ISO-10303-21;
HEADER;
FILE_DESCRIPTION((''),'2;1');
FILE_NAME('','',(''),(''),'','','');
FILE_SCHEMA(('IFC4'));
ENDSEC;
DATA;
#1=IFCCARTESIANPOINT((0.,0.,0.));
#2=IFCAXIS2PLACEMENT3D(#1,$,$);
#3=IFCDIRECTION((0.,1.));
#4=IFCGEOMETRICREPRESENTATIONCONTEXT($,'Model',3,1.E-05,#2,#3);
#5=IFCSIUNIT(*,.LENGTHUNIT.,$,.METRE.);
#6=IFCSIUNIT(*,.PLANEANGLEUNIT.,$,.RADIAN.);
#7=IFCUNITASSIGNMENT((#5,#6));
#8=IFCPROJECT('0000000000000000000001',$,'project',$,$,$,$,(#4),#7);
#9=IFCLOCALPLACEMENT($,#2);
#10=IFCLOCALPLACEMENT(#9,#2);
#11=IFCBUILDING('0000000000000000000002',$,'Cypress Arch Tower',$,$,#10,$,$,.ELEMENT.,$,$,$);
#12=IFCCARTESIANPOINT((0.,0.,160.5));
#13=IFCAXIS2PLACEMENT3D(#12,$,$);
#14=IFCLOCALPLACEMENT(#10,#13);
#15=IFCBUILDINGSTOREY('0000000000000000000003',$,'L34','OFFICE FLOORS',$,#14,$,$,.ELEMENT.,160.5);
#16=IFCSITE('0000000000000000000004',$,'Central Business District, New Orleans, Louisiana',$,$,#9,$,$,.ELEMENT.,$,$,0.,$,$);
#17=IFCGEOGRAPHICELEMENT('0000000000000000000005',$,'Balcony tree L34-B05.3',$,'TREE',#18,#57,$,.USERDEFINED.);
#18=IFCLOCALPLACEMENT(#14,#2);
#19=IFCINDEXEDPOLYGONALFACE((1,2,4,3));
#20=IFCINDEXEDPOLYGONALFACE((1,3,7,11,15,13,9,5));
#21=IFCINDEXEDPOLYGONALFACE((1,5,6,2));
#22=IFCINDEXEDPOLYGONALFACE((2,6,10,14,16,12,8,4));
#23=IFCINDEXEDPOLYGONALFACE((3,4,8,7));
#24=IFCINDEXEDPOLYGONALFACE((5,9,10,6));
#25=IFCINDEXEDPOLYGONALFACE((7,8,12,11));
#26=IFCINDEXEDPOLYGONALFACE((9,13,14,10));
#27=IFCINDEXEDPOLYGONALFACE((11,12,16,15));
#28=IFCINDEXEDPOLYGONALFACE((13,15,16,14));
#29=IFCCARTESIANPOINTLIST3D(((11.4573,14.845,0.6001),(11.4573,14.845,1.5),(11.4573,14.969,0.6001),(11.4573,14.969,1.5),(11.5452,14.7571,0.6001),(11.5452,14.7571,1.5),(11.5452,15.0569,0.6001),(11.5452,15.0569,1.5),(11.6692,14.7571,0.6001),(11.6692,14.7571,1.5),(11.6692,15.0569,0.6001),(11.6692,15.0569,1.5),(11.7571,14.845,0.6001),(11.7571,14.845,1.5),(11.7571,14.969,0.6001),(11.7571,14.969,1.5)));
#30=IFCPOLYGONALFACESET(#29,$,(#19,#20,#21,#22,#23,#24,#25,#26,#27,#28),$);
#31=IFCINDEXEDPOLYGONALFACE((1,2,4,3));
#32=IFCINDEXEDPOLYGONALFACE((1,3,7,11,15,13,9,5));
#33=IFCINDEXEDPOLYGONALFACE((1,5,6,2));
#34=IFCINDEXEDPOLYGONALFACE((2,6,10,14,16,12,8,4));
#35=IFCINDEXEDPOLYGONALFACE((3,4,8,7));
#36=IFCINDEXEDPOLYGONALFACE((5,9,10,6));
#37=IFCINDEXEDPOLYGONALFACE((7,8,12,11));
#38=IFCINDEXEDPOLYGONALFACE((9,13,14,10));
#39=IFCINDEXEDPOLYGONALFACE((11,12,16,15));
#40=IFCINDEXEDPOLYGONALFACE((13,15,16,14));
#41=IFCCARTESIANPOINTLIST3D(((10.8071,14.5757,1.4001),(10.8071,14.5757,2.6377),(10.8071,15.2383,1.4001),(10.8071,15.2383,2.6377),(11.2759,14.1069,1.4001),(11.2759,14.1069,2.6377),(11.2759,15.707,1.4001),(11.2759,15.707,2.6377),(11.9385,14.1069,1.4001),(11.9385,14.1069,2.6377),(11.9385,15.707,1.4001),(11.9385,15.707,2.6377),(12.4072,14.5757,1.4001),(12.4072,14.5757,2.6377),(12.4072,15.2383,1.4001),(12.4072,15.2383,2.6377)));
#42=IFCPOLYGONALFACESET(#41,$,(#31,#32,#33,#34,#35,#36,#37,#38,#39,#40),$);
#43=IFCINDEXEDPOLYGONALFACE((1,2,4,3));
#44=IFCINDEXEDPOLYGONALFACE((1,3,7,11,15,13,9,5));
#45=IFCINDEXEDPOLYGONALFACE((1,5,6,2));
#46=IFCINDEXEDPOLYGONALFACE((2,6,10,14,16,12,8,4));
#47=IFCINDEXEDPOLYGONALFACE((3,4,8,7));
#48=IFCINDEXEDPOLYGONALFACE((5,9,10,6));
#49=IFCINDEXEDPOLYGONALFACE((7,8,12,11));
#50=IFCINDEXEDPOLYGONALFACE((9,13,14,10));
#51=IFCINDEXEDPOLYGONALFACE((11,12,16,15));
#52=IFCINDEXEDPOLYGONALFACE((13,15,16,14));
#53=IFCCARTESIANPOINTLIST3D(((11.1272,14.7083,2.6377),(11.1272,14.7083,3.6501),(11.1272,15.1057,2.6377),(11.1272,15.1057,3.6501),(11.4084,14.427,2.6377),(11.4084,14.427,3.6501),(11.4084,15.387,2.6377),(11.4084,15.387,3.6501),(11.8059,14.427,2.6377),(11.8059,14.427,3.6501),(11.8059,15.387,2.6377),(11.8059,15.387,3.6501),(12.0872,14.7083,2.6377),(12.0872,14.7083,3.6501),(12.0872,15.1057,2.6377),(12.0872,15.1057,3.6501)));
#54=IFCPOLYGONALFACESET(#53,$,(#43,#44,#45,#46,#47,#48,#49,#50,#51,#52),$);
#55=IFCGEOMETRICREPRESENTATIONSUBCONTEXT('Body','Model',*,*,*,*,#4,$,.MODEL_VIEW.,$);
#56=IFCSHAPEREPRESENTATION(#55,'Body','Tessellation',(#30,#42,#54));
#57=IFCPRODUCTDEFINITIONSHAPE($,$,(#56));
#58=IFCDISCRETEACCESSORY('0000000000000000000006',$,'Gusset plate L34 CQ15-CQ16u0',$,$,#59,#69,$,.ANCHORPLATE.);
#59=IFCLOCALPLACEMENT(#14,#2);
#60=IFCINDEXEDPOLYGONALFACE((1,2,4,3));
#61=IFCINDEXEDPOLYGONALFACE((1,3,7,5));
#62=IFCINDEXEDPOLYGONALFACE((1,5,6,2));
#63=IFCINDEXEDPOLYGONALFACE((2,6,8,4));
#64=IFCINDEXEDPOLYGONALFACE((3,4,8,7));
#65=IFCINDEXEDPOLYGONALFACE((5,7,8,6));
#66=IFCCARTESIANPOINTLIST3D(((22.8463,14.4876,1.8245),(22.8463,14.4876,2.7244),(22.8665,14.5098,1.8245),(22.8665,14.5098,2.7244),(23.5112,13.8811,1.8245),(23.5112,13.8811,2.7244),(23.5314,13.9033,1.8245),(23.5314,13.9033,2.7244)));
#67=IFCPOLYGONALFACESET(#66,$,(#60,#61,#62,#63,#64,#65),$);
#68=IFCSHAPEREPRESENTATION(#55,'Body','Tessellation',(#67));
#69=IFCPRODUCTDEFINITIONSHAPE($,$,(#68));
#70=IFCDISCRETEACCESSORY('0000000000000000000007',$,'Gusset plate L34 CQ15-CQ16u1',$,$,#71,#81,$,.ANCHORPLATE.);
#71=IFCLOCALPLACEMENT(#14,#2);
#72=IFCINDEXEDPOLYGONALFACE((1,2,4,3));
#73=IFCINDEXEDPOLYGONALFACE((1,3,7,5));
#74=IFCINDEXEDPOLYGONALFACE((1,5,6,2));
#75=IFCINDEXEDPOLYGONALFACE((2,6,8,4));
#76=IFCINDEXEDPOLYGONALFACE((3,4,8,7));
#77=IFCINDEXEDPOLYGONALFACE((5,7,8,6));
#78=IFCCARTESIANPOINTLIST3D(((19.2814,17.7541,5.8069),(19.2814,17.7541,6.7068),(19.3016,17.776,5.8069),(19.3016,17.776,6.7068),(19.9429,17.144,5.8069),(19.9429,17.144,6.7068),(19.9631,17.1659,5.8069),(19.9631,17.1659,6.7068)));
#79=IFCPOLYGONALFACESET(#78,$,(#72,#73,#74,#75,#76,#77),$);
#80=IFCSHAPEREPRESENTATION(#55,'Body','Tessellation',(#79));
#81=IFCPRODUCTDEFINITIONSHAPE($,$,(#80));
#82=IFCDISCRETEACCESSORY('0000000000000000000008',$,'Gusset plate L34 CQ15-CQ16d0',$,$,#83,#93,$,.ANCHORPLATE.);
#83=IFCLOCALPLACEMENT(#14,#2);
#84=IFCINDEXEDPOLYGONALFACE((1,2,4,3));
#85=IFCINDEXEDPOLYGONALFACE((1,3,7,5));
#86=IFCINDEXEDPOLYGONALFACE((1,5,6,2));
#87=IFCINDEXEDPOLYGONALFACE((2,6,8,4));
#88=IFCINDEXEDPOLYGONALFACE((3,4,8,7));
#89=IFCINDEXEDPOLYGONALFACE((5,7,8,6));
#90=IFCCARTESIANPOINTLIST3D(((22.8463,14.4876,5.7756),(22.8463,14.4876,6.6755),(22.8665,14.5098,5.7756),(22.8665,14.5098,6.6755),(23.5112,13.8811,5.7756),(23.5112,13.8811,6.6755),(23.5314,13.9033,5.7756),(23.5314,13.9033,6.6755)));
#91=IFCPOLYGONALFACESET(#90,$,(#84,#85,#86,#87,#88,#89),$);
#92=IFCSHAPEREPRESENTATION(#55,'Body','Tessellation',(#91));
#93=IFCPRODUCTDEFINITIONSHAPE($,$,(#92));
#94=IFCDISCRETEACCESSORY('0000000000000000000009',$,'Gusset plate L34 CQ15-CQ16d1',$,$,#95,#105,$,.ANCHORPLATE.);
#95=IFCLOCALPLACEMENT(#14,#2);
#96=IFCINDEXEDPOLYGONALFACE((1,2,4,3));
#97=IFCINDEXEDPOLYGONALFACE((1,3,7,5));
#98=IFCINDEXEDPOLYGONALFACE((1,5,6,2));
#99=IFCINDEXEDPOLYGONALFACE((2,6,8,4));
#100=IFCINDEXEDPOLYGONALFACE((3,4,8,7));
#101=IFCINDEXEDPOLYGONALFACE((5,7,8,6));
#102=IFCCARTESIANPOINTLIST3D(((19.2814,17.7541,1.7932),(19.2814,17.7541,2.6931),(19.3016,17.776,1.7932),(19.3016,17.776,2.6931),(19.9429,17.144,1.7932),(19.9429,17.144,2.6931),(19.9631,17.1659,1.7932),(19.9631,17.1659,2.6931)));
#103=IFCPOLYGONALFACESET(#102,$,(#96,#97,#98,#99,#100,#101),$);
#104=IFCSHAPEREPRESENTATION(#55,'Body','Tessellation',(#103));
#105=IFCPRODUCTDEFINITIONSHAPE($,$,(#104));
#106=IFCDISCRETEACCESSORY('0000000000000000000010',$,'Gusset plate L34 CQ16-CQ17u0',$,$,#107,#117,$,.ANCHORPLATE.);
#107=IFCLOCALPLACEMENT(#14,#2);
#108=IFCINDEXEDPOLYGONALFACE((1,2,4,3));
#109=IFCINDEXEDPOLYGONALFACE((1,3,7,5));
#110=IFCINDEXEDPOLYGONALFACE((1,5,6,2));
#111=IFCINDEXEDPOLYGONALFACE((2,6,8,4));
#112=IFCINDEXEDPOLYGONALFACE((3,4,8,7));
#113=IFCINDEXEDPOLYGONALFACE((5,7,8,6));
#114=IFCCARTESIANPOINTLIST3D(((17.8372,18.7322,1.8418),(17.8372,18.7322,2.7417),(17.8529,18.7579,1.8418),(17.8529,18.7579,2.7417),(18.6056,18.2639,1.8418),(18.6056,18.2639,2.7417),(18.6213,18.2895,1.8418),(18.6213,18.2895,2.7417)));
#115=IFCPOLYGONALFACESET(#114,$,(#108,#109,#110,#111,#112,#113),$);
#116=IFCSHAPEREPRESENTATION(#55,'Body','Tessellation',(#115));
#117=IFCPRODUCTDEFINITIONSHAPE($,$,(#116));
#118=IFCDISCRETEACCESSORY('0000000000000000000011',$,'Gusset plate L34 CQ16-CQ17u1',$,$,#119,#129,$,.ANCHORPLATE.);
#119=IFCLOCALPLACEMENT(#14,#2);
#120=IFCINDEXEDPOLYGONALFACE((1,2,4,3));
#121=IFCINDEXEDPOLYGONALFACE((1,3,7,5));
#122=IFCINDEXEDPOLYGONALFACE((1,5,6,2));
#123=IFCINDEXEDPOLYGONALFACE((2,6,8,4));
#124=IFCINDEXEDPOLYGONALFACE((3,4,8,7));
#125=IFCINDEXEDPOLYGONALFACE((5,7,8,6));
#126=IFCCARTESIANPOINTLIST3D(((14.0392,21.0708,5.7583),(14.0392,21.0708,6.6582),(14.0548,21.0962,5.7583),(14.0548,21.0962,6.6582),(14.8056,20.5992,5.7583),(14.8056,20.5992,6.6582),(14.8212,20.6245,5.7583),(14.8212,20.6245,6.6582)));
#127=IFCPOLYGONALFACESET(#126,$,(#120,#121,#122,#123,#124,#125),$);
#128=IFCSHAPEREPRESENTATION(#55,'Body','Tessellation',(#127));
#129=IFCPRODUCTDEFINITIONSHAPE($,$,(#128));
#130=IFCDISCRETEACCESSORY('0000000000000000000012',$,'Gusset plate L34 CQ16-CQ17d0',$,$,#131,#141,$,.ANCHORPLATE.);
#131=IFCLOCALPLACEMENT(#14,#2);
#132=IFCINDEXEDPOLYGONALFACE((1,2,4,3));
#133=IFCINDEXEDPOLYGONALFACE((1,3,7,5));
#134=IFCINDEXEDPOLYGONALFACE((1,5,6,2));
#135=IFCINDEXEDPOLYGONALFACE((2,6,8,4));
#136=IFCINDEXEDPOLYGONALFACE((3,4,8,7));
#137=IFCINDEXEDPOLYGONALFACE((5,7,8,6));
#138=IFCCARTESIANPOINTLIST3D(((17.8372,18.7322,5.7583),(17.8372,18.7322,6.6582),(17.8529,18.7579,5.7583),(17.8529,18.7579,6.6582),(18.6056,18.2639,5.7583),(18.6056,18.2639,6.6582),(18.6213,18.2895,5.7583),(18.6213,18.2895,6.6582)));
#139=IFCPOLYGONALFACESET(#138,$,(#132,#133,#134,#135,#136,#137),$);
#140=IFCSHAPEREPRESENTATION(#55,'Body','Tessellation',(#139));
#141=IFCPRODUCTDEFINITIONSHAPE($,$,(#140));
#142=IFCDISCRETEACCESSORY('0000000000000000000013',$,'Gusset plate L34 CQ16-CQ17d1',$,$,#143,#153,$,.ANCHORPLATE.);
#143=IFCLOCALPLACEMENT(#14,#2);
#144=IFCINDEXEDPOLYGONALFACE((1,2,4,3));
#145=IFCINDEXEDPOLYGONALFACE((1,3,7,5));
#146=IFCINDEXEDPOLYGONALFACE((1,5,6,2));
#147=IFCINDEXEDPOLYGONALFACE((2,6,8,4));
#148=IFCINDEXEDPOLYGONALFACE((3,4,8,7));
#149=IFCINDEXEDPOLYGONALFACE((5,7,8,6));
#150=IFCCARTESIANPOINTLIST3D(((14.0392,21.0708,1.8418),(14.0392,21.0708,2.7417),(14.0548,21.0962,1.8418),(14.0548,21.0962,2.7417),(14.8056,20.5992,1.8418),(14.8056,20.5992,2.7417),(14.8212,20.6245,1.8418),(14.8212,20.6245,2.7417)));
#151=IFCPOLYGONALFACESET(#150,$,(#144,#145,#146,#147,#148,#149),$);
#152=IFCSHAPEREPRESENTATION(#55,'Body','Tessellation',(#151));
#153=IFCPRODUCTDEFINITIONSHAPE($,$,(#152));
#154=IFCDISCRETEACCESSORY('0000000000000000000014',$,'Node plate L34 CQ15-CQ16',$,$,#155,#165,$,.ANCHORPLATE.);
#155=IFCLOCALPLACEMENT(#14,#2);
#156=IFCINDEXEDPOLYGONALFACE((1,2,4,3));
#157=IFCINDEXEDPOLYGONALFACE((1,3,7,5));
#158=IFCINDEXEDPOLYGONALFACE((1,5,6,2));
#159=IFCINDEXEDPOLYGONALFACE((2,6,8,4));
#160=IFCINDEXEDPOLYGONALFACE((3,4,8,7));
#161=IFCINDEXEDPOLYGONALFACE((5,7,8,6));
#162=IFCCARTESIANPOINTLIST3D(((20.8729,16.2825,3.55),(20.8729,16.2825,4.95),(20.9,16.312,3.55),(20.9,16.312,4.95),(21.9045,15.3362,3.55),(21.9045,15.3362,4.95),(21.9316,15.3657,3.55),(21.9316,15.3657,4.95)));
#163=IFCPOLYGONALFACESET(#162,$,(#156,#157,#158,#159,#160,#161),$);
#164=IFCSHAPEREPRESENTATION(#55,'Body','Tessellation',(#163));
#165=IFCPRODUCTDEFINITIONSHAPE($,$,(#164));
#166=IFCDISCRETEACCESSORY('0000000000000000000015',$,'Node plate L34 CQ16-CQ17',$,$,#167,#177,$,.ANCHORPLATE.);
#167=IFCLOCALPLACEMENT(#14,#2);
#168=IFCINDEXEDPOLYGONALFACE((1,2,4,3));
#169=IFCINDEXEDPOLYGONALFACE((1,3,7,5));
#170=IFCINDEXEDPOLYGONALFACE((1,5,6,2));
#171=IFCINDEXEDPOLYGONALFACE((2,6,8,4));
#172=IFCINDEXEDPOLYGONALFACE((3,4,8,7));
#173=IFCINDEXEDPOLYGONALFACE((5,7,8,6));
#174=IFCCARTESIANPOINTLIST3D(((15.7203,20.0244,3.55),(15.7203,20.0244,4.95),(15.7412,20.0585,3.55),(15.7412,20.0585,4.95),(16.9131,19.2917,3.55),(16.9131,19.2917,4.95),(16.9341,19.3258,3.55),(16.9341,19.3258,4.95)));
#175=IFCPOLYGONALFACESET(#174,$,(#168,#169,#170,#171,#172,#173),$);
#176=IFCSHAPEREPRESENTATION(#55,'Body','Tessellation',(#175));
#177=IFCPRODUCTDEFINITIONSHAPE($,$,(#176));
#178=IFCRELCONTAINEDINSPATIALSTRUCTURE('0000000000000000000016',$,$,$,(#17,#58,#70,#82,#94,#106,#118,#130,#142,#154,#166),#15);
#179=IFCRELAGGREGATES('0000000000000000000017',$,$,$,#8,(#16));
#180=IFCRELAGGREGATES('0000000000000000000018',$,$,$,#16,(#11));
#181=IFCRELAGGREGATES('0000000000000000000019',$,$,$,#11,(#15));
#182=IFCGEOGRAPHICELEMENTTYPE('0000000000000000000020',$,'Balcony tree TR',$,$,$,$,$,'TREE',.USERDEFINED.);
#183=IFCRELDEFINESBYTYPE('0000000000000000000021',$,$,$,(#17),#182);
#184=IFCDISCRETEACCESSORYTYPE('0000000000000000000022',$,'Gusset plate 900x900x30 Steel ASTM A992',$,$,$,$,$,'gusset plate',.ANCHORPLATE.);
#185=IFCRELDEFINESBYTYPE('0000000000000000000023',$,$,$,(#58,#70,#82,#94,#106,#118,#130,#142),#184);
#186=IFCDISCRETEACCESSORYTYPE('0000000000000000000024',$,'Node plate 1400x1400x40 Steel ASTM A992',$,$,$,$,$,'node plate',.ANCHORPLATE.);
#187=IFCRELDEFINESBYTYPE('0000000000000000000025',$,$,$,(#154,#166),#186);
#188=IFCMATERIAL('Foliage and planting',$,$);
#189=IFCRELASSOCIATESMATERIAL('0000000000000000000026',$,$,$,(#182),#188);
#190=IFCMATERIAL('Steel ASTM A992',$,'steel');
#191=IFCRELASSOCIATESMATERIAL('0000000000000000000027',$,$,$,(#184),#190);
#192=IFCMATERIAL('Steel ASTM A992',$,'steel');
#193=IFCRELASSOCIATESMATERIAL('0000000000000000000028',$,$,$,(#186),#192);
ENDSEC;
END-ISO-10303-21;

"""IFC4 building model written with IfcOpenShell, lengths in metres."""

from ifc_helpers import new_model, si_unit, direction, frame, origin, origin_2d, place, context, subcontext, project, spatial, polyline, rectangle, outline, extrude, material, material_profile, profile_set, type_object, element, save


model = new_model("IFC4")

# Units and contexts
model_context = context("Model", 3, precision=1e-05, world=origin(), true_north=direction((0.0, 1.0)))
body_context = subcontext(model_context, "Body", "Model", "MODEL_VIEW")
ifc_project = project(units=[si_unit("LENGTHUNIT", "METRE"), si_unit("PLANEANGLEUNIT", "RADIAN")], contexts=[model_context])

# Site, building, storey
site_placement = place(None, origin())
site = spatial("IfcSite", under=ifc_project, at=site_placement, Name="Central Business District, New Orleans, Louisiana", CompositionType="ELEMENT", RefElevation=0.0)
building_placement = place(site_placement, origin())
building = spatial("IfcBuilding", under=site, at=building_placement, Name="Cypress Arch Tower", CompositionType="ELEMENT")
storey_placement = place(building_placement, frame((0.0, 0.0, 160.5)))
storey = spatial("IfcBuildingStorey", under=building, at=storey_placement, Name="L34", Description="OFFICE FLOORS", CompositionType="ELEMENT", Elevation=160.5)

# Geographic element
ifc_material_1 = material(Name="Foliage and planting")
geographic_element_type = type_object("IfcGeographicElementType", Name="Balcony tree TR", ElementType="TREE", PredefinedType="USERDEFINED", material=ifc_material_1)
geographic_element_placement = place(storey_placement, frame((11.6072, 14.907, 0.6001), z_axis=(0.0, 0.0, 1.0), x_axis=(1.0, 0.0, 0.0)))
element("IfcGeographicElement", 1, at=geographic_element_placement, inside=storey, type_object=geographic_element_type, Name="Balcony tree L34-B05.3", ObjectType="TREE", PredefinedType="USERDEFINED", context=body_context, shape_type="SweptSolid", body=[
    extrude(outline(polyline([(0.1499, 0.062), (0.062, 0.1499), (-0.062, 0.1499), (-0.1499, 0.062), (-0.1499, -0.062), (-0.062, -0.1499), (0.062, -0.1499), (0.1499, -0.062), (0.1499, 0.062)])), origin(), (0.0, 0.0, 1.0), 0.8999),
    extrude(outline(polyline([(0.8, 0.3313), (0.3313, 0.8), (-0.3313, 0.8), (-0.8, 0.3313), (-0.8, -0.3313), (-0.3313, -0.8), (0.3313, -0.8), (0.8, -0.3313), (0.8, 0.3313)])), frame((0.0, 0.0, 0.8)), (0.0, 0.0, 1.0), 1.2375),
    extrude(outline(polyline([(0.48, 0.1987), (0.1987, 0.48), (-0.1987, 0.48), (-0.48, 0.1987), (-0.48, -0.1987), (-0.1987, -0.48), (0.1987, -0.48), (0.48, -0.1987), (0.48, 0.1987)])), frame((0.0, 0.0, 2.0376)), (0.0, 0.0, 1.0), 1.0125),
])

# Discrete accessories
ifc_material_2 = material(Name="Steel ASTM A992", Category="steel")
ifc_material_profile_1 = material_profile(ifc_material_2, rectangle(XDim=0.8999, YDim=0.8999, at=origin_2d()), Name="PL 30 900x900")
ifc_profile_set_1 = profile_set([ifc_material_profile_1], Name="Steel ASTM A992")
discrete_accessory_type_1 = type_object("IfcDiscreteAccessoryType", Name="Gusset plate 900x900x30 Steel ASTM A992", ElementType="gusset plate", PredefinedType="ANCHORPLATE", material=ifc_profile_set_1)
discrete_accessory_1_placement = place(storey_placement, frame((23.199, 14.2065, 2.2744), z_axis=(-0.673884, -0.738837, 0.0), x_axis=(0.738837, -0.673884, 0.0)))
element("IfcDiscreteAccessory", 2, at=discrete_accessory_1_placement, inside=storey, type_object=discrete_accessory_type_1, Name="Gusset plate L34 CQ15-CQ16u0", PredefinedType="ANCHORPLATE", context=body_context, shape_type="SweptSolid", body=[
    extrude(rectangle(XDim=0.8999, YDim=0.8999, at=origin_2d()), origin(), (0.0, 0.0, 1.0), 0.03),
])
discrete_accessory_2_placement = place(storey_placement, frame((19.6323, 17.4709, 6.2568), z_axis=(-0.677941, -0.735117, 0.0), x_axis=(0.735117, -0.677941, 0.0)))
element("IfcDiscreteAccessory", 3, at=discrete_accessory_2_placement, inside=storey, type_object=discrete_accessory_type_1, Name="Gusset plate L34 CQ15-CQ16u1", PredefinedType="ANCHORPLATE", context=body_context, shape_type="SweptSolid", body=[
    extrude(rectangle(XDim=0.8999, YDim=0.8999, at=origin_2d()), origin(), (0.0, 0.0, 1.0), 0.0298),
])
discrete_accessory_3_placement = place(storey_placement, frame((23.199, 14.2065, 6.2256), z_axis=(-0.673884, -0.738837, 0.0), x_axis=(0.738837, -0.673884, 0.0)))
element("IfcDiscreteAccessory", 4, at=discrete_accessory_3_placement, inside=storey, type_object=discrete_accessory_type_1, Name="Gusset plate L34 CQ15-CQ16d0", PredefinedType="ANCHORPLATE", context=body_context, shape_type="SweptSolid", body=[
    extrude(rectangle(XDim=0.8999, YDim=0.8999, at=origin_2d()), origin(), (0.0, 0.0, 1.0), 0.03),
])
discrete_accessory_4_placement = place(storey_placement, frame((19.6323, 17.4709, 2.2432), z_axis=(-0.677941, -0.735117, 0.0), x_axis=(0.735117, -0.677941, 0.0)))
element("IfcDiscreteAccessory", 5, at=discrete_accessory_4_placement, inside=storey, type_object=discrete_accessory_type_1, Name="Gusset plate L34 CQ15-CQ16d1", PredefinedType="ANCHORPLATE", context=body_context, shape_type="SweptSolid", body=[
    extrude(rectangle(XDim=0.8999, YDim=0.8999, at=origin_2d()), origin(), (0.0, 0.0, 1.0), 0.0298),
])
discrete_accessory_5_placement = place(storey_placement, frame((18.2371, 18.5237, 2.2917), z_axis=(-0.520463, -0.853884, 0.0), x_axis=(0.853884, -0.520463, 0.0)))
element("IfcDiscreteAccessory", 6, at=discrete_accessory_5_placement, inside=storey, type_object=discrete_accessory_type_1, Name="Gusset plate L34 CQ16-CQ17u0", PredefinedType="ANCHORPLATE", context=body_context, shape_type="SweptSolid", body=[
    extrude(rectangle(XDim=0.8999, YDim=0.8999, at=origin_2d()), origin(), (0.0, 0.0, 1.0), 0.03),
])
discrete_accessory_6_placement = place(storey_placement, frame((14.438, 20.8604, 6.2083), z_axis=(-0.524097, -0.851658, 0.0), x_axis=(0.851658, -0.524097, 0.0)))
element("IfcDiscreteAccessory", 7, at=discrete_accessory_6_placement, inside=storey, type_object=discrete_accessory_type_1, Name="Gusset plate L34 CQ16-CQ17u1", PredefinedType="ANCHORPLATE", context=body_context, shape_type="SweptSolid", body=[
    extrude(rectangle(XDim=0.8999, YDim=0.8999, at=origin_2d()), origin(), (0.0, 0.0, 1.0), 0.0298),
])
discrete_accessory_7_placement = place(storey_placement, frame((18.2371, 18.5237, 6.2083), z_axis=(-0.520463, -0.853884, 0.0), x_axis=(0.853884, -0.520463, 0.0)))
element("IfcDiscreteAccessory", 8, at=discrete_accessory_7_placement, inside=storey, type_object=discrete_accessory_type_1, Name="Gusset plate L34 CQ16-CQ17d0", PredefinedType="ANCHORPLATE", context=body_context, shape_type="SweptSolid", body=[
    extrude(rectangle(XDim=0.8999, YDim=0.8999, at=origin_2d()), origin(), (0.0, 0.0, 1.0), 0.03),
])
discrete_accessory_8_placement = place(storey_placement, frame((14.438, 20.8604, 2.2917), z_axis=(-0.524097, -0.851658, 0.0), x_axis=(0.851658, -0.524097, 0.0)))
element("IfcDiscreteAccessory", 9, at=discrete_accessory_8_placement, inside=storey, type_object=discrete_accessory_type_1, Name="Gusset plate L34 CQ16-CQ17d1", PredefinedType="ANCHORPLATE", context=body_context, shape_type="SweptSolid", body=[
    extrude(rectangle(XDim=0.8999, YDim=0.8999, at=origin_2d()), origin(), (0.0, 0.0, 1.0), 0.0298),
])
ifc_material_3 = material(Name="Steel ASTM A992", Category="steel")
ifc_material_profile_2 = material_profile(ifc_material_3, rectangle(XDim=1.3999, YDim=1.3999, at=origin_2d()), Name="PL 40 1400x1400")
ifc_profile_set_2 = profile_set([ifc_material_profile_2], Name="Steel ASTM A992")
discrete_accessory_type_2 = type_object("IfcDiscreteAccessoryType", Name="Node plate 1400x1400x40 Steel ASTM A992", ElementType="node plate", PredefinedType="ANCHORPLATE", material=ifc_profile_set_2)
for number, where, z_axis, x_axis, name in (
    (10, (21.4158, 15.8389, 4.25), (-0.676, -0.736901, 0.0), (0.736901, -0.676, 0.0), "Node plate L34 CQ15-CQ16"),
    (11, (16.3376, 19.6921, 4.25), (-0.523418, -0.852076, 0.0), (0.852076, -0.523418, 0.0), "Node plate L34 CQ16-CQ17"),
):
    element("IfcDiscreteAccessory", number, at=place(storey_placement, frame(where, z_axis=z_axis, x_axis=x_axis)), inside=storey, type_object=discrete_accessory_type_2, Name=name, PredefinedType="ANCHORPLATE", context=body_context, shape_type="SweptSolid", body=[
        extrude(rectangle(XDim=1.3999, YDim=1.3999, at=origin_2d()), origin(), (0.0, 0.0, 1.0), 0.04),
    ])

save(model, "model.ifc")
